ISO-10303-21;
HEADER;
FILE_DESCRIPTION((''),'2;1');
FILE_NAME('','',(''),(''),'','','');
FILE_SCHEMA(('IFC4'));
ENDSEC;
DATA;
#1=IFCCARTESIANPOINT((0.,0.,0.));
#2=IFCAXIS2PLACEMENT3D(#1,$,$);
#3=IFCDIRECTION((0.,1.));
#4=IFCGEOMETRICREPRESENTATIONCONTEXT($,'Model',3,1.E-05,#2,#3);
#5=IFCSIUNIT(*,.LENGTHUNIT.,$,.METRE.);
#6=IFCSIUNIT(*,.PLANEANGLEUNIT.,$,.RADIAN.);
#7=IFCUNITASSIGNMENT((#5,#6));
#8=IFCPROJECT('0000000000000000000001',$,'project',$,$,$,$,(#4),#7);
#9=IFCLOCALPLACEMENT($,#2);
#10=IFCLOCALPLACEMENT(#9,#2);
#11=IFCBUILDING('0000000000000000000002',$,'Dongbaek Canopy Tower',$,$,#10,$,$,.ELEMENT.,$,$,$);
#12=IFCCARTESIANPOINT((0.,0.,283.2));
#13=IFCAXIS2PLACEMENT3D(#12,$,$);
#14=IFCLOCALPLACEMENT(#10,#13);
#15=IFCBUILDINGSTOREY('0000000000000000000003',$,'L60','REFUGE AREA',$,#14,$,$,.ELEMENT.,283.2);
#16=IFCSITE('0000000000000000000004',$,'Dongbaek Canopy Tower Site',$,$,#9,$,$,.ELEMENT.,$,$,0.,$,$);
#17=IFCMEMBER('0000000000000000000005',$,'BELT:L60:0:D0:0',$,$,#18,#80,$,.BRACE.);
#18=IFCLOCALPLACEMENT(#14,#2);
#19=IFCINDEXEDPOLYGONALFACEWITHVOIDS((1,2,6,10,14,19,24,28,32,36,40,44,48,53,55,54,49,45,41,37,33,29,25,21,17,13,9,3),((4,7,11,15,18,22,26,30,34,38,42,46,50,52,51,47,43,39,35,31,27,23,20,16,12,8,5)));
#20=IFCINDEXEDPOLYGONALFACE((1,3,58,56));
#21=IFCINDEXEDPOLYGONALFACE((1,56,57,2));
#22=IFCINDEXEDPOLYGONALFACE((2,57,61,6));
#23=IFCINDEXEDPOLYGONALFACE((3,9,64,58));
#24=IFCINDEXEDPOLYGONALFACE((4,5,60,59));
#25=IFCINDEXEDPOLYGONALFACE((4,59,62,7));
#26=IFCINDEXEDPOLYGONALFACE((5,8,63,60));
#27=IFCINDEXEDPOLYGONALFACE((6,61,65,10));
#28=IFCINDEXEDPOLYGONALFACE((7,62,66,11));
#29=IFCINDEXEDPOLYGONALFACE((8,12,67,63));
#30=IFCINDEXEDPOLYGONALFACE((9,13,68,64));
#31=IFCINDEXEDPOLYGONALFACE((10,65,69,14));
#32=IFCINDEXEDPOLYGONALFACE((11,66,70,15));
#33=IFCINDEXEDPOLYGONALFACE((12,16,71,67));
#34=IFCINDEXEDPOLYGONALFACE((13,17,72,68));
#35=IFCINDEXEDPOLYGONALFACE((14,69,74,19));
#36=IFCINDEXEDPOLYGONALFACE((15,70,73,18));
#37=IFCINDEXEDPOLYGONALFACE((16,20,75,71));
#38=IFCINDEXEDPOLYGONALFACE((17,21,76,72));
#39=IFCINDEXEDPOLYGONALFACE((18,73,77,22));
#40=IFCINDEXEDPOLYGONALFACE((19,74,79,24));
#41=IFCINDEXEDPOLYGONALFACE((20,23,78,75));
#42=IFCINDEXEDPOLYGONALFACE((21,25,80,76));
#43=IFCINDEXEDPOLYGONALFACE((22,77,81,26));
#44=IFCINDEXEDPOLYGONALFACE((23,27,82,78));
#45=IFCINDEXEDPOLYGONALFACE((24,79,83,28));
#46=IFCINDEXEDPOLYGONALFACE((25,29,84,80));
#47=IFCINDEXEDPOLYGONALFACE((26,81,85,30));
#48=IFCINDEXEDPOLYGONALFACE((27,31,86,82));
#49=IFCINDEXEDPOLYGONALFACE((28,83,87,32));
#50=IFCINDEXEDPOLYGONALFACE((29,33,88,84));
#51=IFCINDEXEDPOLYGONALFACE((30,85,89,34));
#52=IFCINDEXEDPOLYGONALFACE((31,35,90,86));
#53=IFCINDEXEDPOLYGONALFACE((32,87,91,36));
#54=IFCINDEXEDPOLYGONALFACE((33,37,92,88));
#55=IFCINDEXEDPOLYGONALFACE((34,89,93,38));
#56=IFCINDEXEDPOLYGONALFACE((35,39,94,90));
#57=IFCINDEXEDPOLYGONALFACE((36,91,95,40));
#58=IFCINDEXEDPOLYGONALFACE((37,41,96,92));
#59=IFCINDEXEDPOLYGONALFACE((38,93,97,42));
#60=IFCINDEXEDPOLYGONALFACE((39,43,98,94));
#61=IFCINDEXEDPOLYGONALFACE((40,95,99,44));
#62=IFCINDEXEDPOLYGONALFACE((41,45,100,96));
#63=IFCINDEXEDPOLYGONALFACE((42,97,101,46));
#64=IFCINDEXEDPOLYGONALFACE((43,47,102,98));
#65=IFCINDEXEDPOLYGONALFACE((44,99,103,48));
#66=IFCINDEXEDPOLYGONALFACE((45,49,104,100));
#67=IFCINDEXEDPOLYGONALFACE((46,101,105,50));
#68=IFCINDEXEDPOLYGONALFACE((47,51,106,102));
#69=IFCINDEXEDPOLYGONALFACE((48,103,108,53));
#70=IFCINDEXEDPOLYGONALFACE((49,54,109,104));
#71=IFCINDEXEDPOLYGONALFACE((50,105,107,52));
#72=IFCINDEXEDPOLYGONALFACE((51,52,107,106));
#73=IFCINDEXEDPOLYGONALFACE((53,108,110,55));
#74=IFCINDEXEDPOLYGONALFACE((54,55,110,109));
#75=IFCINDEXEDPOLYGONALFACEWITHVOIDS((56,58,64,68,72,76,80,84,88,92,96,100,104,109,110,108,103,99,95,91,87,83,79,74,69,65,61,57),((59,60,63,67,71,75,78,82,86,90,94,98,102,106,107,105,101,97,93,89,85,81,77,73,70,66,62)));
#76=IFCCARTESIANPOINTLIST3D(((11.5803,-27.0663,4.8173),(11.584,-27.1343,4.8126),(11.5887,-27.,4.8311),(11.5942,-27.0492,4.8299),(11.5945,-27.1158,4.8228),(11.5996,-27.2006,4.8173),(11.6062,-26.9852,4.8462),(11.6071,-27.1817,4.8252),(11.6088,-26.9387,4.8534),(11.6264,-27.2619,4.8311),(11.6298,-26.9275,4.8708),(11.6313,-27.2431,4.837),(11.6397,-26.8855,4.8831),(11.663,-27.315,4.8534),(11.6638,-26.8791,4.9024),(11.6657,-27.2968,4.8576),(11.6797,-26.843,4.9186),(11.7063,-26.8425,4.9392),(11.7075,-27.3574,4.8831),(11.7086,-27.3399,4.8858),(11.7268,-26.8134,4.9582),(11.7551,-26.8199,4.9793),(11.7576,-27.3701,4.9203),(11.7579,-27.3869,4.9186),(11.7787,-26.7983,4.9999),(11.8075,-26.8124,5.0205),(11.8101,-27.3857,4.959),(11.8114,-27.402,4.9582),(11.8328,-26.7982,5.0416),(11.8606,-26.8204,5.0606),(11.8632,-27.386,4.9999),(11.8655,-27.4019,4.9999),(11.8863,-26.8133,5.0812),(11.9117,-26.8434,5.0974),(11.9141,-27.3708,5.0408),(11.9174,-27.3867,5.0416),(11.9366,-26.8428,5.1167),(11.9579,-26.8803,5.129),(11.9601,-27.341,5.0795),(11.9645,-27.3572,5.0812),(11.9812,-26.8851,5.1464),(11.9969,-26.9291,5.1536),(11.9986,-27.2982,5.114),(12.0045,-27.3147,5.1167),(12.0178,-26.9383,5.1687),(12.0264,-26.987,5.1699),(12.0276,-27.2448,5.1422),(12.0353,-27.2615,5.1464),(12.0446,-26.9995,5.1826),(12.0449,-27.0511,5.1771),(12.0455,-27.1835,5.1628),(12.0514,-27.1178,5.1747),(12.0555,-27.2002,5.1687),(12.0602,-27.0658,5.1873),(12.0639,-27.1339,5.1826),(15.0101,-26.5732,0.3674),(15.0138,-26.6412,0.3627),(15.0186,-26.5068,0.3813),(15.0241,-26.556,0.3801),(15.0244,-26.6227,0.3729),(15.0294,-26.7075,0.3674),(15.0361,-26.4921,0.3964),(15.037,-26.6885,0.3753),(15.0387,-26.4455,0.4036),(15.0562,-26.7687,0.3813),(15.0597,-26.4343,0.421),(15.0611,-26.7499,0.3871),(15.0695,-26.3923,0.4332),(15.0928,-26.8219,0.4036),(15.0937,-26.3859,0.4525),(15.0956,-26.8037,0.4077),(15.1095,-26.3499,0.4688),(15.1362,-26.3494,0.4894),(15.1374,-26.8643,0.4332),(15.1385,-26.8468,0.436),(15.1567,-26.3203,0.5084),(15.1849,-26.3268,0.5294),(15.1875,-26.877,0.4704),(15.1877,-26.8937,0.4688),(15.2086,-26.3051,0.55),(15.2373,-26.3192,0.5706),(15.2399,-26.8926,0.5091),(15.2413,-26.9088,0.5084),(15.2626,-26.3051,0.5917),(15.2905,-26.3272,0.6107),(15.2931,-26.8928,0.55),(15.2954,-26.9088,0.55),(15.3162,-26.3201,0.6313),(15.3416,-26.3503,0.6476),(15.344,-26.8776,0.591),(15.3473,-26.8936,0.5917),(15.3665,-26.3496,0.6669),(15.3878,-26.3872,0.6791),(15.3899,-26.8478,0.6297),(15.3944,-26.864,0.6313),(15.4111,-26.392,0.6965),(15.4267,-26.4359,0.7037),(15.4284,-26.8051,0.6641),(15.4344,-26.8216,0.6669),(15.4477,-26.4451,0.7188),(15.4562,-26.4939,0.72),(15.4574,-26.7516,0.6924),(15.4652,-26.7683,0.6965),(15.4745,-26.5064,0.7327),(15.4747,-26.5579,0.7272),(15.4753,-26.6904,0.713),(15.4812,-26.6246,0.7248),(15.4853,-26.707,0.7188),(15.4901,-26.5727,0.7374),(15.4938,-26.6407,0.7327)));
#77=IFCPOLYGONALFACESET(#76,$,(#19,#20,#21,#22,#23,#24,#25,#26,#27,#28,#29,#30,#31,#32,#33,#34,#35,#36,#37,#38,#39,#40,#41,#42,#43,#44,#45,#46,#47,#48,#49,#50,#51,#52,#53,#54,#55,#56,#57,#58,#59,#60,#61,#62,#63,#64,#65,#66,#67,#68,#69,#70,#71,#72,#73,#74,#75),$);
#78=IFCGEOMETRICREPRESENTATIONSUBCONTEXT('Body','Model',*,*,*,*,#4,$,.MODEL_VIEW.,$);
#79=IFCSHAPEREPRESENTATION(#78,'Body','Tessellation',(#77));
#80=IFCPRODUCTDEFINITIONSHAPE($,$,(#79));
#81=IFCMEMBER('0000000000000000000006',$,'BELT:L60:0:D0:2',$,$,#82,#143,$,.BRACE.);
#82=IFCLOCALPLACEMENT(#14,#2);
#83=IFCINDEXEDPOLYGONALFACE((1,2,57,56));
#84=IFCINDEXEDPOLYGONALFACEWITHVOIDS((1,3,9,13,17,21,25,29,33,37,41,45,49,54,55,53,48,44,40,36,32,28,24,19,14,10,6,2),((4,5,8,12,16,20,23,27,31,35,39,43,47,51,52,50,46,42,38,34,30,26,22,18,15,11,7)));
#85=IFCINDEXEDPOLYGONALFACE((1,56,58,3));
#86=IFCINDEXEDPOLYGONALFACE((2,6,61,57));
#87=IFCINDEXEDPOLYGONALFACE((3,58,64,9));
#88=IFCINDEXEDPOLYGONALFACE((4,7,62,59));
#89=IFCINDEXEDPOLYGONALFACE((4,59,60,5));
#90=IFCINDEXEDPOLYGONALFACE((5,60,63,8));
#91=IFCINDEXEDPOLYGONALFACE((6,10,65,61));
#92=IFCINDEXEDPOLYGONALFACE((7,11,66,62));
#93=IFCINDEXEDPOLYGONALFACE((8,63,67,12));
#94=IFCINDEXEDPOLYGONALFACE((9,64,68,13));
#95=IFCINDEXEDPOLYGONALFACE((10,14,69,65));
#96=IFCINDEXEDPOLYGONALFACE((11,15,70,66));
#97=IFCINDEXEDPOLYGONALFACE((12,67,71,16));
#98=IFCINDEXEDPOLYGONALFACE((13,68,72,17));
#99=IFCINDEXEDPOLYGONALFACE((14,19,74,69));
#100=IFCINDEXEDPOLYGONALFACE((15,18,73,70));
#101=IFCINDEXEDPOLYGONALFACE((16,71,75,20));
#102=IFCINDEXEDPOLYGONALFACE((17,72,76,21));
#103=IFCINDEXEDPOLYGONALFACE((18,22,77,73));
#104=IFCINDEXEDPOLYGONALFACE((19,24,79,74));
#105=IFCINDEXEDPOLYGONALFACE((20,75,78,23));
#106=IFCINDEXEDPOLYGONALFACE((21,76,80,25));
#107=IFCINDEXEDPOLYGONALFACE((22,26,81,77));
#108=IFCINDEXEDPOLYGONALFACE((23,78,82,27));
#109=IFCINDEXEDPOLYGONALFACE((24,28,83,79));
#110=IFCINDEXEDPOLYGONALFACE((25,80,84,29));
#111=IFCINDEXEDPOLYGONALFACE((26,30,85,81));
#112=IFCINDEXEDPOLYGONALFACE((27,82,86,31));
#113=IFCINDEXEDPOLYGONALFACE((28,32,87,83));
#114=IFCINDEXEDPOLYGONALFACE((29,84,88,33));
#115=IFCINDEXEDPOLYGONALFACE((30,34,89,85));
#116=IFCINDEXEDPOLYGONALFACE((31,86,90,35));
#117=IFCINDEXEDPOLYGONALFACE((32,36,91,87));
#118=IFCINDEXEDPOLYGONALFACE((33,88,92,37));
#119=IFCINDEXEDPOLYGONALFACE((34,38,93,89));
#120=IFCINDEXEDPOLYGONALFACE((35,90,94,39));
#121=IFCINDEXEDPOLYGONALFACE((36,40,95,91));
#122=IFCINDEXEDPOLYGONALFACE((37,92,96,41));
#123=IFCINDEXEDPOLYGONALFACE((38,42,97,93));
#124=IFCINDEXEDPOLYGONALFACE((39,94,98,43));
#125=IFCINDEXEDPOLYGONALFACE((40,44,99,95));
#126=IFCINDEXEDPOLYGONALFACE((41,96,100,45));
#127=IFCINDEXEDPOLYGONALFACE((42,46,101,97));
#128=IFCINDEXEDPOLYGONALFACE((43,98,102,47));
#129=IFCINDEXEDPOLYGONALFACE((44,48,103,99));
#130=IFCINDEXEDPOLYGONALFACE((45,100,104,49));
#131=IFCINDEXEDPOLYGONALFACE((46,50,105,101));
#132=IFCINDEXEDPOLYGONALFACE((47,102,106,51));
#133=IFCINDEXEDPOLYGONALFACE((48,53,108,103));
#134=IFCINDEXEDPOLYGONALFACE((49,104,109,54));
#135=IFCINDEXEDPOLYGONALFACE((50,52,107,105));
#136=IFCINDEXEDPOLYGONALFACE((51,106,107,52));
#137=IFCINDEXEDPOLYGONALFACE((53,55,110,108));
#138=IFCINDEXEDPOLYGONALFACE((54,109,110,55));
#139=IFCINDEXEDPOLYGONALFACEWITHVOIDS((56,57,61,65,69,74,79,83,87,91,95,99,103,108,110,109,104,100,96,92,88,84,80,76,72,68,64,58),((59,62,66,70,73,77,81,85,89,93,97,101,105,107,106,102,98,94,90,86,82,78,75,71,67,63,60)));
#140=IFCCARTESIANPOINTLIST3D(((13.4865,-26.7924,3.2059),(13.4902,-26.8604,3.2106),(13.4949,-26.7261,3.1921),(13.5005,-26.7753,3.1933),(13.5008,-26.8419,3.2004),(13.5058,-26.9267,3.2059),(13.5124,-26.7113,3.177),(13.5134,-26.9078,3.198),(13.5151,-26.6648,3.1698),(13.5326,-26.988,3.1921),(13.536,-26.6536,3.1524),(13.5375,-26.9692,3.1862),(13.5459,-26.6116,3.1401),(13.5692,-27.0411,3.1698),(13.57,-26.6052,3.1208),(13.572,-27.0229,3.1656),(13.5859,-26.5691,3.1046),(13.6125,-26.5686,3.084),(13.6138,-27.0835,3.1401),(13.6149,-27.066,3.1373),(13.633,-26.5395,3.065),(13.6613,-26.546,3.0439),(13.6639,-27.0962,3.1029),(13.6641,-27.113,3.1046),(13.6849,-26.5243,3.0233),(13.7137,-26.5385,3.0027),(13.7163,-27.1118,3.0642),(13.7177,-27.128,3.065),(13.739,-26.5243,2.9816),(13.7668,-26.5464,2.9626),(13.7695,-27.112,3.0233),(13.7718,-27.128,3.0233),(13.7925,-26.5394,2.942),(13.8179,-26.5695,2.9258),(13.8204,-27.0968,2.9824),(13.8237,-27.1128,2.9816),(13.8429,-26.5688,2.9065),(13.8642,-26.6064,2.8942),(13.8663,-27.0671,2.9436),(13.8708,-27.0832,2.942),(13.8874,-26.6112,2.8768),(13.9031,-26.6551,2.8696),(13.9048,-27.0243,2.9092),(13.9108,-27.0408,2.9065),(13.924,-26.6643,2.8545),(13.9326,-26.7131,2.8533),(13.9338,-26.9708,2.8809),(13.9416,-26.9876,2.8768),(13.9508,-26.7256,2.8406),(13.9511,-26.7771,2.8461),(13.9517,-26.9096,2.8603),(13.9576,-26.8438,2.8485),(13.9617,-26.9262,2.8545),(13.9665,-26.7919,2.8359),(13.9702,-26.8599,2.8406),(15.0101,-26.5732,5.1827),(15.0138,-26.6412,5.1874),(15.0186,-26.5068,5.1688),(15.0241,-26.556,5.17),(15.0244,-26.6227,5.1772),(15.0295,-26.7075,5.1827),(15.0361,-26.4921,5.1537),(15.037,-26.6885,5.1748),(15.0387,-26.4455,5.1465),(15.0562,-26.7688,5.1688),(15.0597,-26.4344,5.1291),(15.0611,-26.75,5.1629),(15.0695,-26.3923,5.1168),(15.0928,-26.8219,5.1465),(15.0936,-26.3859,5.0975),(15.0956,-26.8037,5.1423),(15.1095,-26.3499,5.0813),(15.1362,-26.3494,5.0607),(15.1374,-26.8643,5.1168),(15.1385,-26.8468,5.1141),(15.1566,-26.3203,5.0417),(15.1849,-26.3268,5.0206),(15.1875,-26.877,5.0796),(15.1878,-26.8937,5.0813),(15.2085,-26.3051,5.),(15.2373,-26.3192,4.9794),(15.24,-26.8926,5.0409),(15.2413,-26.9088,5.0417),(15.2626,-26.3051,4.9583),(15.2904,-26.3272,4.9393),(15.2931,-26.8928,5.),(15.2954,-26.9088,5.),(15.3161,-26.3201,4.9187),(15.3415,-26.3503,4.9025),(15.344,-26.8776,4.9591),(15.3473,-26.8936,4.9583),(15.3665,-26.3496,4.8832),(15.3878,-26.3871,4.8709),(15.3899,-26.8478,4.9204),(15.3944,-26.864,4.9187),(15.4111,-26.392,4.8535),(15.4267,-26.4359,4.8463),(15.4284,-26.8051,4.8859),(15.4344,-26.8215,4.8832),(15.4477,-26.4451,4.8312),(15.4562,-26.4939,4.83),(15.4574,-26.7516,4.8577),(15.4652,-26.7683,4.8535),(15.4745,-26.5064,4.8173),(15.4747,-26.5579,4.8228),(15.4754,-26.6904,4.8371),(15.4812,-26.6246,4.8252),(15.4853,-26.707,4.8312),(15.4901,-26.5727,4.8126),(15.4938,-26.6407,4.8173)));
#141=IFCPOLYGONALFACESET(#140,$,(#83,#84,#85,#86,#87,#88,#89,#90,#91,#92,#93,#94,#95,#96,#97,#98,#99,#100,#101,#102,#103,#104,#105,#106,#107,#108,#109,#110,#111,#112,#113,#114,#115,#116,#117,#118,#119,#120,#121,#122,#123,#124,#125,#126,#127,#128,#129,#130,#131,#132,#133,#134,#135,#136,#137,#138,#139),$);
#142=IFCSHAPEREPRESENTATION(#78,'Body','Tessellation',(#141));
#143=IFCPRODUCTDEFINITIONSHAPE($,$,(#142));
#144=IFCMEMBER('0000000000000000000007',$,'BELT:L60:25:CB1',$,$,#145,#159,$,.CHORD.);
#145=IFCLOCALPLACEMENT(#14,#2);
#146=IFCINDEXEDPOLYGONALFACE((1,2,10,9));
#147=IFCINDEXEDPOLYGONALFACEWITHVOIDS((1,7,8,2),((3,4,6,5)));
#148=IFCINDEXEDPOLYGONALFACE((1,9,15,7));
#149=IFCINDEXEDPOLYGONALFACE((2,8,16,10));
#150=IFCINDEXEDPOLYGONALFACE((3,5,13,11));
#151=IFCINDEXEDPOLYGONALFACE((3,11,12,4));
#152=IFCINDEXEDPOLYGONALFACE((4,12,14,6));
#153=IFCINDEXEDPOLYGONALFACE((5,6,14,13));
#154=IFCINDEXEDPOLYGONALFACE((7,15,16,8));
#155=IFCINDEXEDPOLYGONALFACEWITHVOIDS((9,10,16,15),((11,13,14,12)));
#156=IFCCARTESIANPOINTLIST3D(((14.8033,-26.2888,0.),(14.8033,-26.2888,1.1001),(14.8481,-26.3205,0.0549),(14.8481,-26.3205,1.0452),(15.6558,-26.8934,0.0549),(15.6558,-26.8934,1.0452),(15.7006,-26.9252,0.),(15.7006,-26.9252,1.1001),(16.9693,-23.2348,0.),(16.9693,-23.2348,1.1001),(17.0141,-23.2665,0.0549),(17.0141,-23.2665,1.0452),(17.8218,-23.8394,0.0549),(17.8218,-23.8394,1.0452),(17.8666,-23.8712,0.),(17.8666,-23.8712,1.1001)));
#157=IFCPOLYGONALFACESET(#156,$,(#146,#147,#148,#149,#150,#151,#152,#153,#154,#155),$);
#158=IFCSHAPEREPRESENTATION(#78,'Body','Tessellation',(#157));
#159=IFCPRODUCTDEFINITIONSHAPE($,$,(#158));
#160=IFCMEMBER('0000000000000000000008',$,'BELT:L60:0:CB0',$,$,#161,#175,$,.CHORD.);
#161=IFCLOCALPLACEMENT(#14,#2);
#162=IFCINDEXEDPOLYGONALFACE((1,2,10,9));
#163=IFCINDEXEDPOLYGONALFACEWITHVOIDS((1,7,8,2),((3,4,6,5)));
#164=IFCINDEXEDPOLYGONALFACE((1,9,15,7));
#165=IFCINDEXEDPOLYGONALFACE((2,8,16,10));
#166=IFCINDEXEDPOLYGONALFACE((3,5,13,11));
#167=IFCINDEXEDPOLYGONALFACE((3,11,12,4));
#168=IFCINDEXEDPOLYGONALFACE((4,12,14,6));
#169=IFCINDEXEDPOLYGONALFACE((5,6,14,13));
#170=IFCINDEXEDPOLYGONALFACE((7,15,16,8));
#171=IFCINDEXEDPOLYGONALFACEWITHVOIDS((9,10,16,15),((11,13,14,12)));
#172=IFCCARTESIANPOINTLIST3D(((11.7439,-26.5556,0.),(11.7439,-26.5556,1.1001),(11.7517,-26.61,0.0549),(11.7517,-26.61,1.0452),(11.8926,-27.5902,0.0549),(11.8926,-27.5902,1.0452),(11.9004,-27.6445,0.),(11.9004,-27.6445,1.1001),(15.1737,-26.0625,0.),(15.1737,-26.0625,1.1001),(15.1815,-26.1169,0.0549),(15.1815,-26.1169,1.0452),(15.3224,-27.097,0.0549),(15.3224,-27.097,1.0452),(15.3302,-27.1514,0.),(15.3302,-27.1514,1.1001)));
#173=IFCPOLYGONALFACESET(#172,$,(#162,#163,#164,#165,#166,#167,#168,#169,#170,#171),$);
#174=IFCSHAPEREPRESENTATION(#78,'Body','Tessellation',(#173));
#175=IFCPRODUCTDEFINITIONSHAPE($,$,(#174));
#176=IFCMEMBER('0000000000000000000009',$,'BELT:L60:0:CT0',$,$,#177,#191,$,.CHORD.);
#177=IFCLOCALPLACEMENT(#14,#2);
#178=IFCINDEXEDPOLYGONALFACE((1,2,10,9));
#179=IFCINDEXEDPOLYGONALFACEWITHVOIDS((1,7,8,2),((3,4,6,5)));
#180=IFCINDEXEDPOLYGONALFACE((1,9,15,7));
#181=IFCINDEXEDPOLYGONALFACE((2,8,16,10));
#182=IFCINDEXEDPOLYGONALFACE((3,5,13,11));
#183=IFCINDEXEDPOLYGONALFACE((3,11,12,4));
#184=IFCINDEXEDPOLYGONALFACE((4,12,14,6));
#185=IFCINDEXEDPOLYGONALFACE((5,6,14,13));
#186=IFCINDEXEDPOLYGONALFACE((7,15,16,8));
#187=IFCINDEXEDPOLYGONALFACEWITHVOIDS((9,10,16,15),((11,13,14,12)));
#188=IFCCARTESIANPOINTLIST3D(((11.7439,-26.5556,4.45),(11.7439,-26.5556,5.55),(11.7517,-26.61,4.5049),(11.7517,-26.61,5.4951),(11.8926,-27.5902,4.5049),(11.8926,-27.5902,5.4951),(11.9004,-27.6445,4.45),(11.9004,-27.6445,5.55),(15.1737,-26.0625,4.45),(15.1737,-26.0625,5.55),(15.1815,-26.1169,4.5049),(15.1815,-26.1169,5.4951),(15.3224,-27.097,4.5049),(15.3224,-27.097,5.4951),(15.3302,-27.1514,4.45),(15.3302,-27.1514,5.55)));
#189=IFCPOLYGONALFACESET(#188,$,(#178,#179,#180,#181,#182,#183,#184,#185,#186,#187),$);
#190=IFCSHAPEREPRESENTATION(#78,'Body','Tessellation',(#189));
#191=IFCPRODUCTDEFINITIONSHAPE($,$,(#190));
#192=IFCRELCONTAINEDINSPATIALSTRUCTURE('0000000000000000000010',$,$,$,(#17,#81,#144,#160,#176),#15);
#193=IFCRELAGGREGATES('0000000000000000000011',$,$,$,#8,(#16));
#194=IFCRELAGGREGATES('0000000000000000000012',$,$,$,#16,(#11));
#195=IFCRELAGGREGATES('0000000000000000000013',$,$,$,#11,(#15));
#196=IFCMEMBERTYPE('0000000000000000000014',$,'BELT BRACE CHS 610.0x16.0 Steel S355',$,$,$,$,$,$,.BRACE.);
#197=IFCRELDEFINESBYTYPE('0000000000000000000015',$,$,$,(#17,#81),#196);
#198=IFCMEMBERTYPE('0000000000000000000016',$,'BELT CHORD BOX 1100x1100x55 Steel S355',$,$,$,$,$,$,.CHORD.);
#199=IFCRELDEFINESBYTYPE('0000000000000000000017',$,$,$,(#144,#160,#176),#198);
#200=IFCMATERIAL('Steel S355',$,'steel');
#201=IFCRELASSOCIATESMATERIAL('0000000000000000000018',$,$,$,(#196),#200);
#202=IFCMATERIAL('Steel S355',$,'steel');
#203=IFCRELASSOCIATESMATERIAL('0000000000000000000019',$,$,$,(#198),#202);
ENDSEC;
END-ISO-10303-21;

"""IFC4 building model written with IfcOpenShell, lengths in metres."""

from ifc_helpers import new_model, si_unit, direction, frame, origin, origin_2d, place, context, subcontext, project, spatial, hollow_rectangle, hollow_circle, extrude, material, material_profile, profile_set, type_object, element, save


model = new_model("IFC4")

# Units and contexts
model_context = context("Model", 3, precision=1e-05, world=origin(), true_north=direction((0.0, 1.0)))
body_context = subcontext(model_context, "Body", "Model", "MODEL_VIEW")
ifc_project = project(units=[si_unit("LENGTHUNIT", "METRE"), si_unit("PLANEANGLEUNIT", "RADIAN")], contexts=[model_context])

# Site, building, storey
site_placement = place(None, origin())
site = spatial("IfcSite", under=ifc_project, at=site_placement, Name="Dongbaek Canopy Tower Site", CompositionType="ELEMENT", RefElevation=0.0)
building_placement = place(site_placement, origin())
building = spatial("IfcBuilding", under=site, at=building_placement, Name="Dongbaek Canopy Tower", CompositionType="ELEMENT")
storey_placement = place(building_placement, frame((0.0, 0.0, 283.2)))
storey = spatial("IfcBuildingStorey", under=building, at=storey_placement, Name="L60", Description="REFUGE AREA", CompositionType="ELEMENT", Elevation=283.2)

# Members
ifc_material_1 = material(Name="Steel S355", Category="steel")
ifc_material_profile_1 = material_profile(ifc_material_1, hollow_circle(Radius=0.3049, WallThickness=0.0161, at=origin_2d()), Name="BELT BRACE CHS 610.0x16.0 Steel S355")
ifc_profile_set_1 = profile_set([ifc_material_profile_1], Name="Steel S355")
member_type_1 = type_object("IfcMemberType", Name="BELT BRACE CHS 610.0x16.0 Steel S355", PredefinedType="BRACE", material=ifc_profile_set_1)
member_1_placement = place(storey_placement, frame((15.252, -26.6069, 0.55), z_axis=(-0.608143, -0.08744, 0.788997), x_axis=(0.142319, -0.989821, 0.0)))
element("IfcMember", 1, at=member_1_placement, inside=storey, type_object=member_type_1, Name="BELT:L60:0:D0:0", PredefinedType="BRACE", context=body_context, shape_type="SweptSolid", body=[
    extrude(hollow_circle(Radius=0.3049, WallThickness=0.0161, at=origin_2d()), origin(), (0.0, 0.0, 1.0), 5.6399),
])
member_2_placement = place(storey_placement, frame((15.252, -26.6069, 5.0), z_axis=(-0.608139, -0.087503, -0.788993), x_axis=(0.14242, -0.989806, 0.0)))
element("IfcMember", 2, at=member_2_placement, inside=storey, type_object=member_type_1, Name="BELT:L60:0:D0:2", PredefinedType="BRACE", context=body_context, shape_type="SweptSolid", body=[
    extrude(hollow_circle(Radius=0.3049, WallThickness=0.0161, at=origin_2d()), origin(), (0.0, 0.0, 1.0), 2.5054),
])
ifc_material_2 = material(Name="Steel S355", Category="steel")
ifc_material_profile_2 = material_profile(ifc_material_2, hollow_rectangle(XDim=1.1001, YDim=1.1001, WallThickness=0.0549, at=origin_2d()), Name="BELT CHORD BOX 1100x1100x55 Steel S355")
ifc_profile_set_2 = profile_set([ifc_material_profile_2], Name="Steel S355")
member_type_2 = type_object("IfcMemberType", Name="BELT CHORD BOX 1100x1100x55 Steel S355", PredefinedType="CHORD", material=ifc_profile_set_2)
member_3_placement = place(storey_placement, frame((17.418, -23.553, 0.55), z_axis=(-0.578515, -0.815672, 0.0), x_axis=(0.815672, -0.578515, 0.0)))
element("IfcMember", 3, at=member_3_placement, inside=storey, type_object=member_type_2, Name="BELT:L60:25:CB1", PredefinedType="CHORD", context=body_context, shape_type="SweptSolid", body=[
    extrude(hollow_rectangle(XDim=1.1001, YDim=1.1001, WallThickness=0.0549, at=origin_2d()), origin(), (0.0, 0.0, 1.0), 3.7441),
])
for number, where, z_axis, x_axis, name in (
    (4, (15.252, -26.6069, 0.55), (-0.989821, -0.142319, 0.0), (0.142319, -0.989821, 0.0), "BELT:L60:0:CB0"),
    (5, (15.252, -26.6069, 5.0), (-0.989821, -0.142319, 0.0), (0.142319, -0.989821, 0.0), "BELT:L60:0:CT0"),
):
    element("IfcMember", number, at=place(storey_placement, frame(where, z_axis=z_axis, x_axis=x_axis)), inside=storey, type_object=member_type_2, Name=name, PredefinedType="CHORD", context=body_context, shape_type="SweptSolid", body=[
        extrude(hollow_rectangle(XDim=1.1001, YDim=1.1001, WallThickness=0.0549, at=origin_2d()), origin(), (0.0, 0.0, 1.0), 3.4651),
    ])

save(model, "model.ifc")
